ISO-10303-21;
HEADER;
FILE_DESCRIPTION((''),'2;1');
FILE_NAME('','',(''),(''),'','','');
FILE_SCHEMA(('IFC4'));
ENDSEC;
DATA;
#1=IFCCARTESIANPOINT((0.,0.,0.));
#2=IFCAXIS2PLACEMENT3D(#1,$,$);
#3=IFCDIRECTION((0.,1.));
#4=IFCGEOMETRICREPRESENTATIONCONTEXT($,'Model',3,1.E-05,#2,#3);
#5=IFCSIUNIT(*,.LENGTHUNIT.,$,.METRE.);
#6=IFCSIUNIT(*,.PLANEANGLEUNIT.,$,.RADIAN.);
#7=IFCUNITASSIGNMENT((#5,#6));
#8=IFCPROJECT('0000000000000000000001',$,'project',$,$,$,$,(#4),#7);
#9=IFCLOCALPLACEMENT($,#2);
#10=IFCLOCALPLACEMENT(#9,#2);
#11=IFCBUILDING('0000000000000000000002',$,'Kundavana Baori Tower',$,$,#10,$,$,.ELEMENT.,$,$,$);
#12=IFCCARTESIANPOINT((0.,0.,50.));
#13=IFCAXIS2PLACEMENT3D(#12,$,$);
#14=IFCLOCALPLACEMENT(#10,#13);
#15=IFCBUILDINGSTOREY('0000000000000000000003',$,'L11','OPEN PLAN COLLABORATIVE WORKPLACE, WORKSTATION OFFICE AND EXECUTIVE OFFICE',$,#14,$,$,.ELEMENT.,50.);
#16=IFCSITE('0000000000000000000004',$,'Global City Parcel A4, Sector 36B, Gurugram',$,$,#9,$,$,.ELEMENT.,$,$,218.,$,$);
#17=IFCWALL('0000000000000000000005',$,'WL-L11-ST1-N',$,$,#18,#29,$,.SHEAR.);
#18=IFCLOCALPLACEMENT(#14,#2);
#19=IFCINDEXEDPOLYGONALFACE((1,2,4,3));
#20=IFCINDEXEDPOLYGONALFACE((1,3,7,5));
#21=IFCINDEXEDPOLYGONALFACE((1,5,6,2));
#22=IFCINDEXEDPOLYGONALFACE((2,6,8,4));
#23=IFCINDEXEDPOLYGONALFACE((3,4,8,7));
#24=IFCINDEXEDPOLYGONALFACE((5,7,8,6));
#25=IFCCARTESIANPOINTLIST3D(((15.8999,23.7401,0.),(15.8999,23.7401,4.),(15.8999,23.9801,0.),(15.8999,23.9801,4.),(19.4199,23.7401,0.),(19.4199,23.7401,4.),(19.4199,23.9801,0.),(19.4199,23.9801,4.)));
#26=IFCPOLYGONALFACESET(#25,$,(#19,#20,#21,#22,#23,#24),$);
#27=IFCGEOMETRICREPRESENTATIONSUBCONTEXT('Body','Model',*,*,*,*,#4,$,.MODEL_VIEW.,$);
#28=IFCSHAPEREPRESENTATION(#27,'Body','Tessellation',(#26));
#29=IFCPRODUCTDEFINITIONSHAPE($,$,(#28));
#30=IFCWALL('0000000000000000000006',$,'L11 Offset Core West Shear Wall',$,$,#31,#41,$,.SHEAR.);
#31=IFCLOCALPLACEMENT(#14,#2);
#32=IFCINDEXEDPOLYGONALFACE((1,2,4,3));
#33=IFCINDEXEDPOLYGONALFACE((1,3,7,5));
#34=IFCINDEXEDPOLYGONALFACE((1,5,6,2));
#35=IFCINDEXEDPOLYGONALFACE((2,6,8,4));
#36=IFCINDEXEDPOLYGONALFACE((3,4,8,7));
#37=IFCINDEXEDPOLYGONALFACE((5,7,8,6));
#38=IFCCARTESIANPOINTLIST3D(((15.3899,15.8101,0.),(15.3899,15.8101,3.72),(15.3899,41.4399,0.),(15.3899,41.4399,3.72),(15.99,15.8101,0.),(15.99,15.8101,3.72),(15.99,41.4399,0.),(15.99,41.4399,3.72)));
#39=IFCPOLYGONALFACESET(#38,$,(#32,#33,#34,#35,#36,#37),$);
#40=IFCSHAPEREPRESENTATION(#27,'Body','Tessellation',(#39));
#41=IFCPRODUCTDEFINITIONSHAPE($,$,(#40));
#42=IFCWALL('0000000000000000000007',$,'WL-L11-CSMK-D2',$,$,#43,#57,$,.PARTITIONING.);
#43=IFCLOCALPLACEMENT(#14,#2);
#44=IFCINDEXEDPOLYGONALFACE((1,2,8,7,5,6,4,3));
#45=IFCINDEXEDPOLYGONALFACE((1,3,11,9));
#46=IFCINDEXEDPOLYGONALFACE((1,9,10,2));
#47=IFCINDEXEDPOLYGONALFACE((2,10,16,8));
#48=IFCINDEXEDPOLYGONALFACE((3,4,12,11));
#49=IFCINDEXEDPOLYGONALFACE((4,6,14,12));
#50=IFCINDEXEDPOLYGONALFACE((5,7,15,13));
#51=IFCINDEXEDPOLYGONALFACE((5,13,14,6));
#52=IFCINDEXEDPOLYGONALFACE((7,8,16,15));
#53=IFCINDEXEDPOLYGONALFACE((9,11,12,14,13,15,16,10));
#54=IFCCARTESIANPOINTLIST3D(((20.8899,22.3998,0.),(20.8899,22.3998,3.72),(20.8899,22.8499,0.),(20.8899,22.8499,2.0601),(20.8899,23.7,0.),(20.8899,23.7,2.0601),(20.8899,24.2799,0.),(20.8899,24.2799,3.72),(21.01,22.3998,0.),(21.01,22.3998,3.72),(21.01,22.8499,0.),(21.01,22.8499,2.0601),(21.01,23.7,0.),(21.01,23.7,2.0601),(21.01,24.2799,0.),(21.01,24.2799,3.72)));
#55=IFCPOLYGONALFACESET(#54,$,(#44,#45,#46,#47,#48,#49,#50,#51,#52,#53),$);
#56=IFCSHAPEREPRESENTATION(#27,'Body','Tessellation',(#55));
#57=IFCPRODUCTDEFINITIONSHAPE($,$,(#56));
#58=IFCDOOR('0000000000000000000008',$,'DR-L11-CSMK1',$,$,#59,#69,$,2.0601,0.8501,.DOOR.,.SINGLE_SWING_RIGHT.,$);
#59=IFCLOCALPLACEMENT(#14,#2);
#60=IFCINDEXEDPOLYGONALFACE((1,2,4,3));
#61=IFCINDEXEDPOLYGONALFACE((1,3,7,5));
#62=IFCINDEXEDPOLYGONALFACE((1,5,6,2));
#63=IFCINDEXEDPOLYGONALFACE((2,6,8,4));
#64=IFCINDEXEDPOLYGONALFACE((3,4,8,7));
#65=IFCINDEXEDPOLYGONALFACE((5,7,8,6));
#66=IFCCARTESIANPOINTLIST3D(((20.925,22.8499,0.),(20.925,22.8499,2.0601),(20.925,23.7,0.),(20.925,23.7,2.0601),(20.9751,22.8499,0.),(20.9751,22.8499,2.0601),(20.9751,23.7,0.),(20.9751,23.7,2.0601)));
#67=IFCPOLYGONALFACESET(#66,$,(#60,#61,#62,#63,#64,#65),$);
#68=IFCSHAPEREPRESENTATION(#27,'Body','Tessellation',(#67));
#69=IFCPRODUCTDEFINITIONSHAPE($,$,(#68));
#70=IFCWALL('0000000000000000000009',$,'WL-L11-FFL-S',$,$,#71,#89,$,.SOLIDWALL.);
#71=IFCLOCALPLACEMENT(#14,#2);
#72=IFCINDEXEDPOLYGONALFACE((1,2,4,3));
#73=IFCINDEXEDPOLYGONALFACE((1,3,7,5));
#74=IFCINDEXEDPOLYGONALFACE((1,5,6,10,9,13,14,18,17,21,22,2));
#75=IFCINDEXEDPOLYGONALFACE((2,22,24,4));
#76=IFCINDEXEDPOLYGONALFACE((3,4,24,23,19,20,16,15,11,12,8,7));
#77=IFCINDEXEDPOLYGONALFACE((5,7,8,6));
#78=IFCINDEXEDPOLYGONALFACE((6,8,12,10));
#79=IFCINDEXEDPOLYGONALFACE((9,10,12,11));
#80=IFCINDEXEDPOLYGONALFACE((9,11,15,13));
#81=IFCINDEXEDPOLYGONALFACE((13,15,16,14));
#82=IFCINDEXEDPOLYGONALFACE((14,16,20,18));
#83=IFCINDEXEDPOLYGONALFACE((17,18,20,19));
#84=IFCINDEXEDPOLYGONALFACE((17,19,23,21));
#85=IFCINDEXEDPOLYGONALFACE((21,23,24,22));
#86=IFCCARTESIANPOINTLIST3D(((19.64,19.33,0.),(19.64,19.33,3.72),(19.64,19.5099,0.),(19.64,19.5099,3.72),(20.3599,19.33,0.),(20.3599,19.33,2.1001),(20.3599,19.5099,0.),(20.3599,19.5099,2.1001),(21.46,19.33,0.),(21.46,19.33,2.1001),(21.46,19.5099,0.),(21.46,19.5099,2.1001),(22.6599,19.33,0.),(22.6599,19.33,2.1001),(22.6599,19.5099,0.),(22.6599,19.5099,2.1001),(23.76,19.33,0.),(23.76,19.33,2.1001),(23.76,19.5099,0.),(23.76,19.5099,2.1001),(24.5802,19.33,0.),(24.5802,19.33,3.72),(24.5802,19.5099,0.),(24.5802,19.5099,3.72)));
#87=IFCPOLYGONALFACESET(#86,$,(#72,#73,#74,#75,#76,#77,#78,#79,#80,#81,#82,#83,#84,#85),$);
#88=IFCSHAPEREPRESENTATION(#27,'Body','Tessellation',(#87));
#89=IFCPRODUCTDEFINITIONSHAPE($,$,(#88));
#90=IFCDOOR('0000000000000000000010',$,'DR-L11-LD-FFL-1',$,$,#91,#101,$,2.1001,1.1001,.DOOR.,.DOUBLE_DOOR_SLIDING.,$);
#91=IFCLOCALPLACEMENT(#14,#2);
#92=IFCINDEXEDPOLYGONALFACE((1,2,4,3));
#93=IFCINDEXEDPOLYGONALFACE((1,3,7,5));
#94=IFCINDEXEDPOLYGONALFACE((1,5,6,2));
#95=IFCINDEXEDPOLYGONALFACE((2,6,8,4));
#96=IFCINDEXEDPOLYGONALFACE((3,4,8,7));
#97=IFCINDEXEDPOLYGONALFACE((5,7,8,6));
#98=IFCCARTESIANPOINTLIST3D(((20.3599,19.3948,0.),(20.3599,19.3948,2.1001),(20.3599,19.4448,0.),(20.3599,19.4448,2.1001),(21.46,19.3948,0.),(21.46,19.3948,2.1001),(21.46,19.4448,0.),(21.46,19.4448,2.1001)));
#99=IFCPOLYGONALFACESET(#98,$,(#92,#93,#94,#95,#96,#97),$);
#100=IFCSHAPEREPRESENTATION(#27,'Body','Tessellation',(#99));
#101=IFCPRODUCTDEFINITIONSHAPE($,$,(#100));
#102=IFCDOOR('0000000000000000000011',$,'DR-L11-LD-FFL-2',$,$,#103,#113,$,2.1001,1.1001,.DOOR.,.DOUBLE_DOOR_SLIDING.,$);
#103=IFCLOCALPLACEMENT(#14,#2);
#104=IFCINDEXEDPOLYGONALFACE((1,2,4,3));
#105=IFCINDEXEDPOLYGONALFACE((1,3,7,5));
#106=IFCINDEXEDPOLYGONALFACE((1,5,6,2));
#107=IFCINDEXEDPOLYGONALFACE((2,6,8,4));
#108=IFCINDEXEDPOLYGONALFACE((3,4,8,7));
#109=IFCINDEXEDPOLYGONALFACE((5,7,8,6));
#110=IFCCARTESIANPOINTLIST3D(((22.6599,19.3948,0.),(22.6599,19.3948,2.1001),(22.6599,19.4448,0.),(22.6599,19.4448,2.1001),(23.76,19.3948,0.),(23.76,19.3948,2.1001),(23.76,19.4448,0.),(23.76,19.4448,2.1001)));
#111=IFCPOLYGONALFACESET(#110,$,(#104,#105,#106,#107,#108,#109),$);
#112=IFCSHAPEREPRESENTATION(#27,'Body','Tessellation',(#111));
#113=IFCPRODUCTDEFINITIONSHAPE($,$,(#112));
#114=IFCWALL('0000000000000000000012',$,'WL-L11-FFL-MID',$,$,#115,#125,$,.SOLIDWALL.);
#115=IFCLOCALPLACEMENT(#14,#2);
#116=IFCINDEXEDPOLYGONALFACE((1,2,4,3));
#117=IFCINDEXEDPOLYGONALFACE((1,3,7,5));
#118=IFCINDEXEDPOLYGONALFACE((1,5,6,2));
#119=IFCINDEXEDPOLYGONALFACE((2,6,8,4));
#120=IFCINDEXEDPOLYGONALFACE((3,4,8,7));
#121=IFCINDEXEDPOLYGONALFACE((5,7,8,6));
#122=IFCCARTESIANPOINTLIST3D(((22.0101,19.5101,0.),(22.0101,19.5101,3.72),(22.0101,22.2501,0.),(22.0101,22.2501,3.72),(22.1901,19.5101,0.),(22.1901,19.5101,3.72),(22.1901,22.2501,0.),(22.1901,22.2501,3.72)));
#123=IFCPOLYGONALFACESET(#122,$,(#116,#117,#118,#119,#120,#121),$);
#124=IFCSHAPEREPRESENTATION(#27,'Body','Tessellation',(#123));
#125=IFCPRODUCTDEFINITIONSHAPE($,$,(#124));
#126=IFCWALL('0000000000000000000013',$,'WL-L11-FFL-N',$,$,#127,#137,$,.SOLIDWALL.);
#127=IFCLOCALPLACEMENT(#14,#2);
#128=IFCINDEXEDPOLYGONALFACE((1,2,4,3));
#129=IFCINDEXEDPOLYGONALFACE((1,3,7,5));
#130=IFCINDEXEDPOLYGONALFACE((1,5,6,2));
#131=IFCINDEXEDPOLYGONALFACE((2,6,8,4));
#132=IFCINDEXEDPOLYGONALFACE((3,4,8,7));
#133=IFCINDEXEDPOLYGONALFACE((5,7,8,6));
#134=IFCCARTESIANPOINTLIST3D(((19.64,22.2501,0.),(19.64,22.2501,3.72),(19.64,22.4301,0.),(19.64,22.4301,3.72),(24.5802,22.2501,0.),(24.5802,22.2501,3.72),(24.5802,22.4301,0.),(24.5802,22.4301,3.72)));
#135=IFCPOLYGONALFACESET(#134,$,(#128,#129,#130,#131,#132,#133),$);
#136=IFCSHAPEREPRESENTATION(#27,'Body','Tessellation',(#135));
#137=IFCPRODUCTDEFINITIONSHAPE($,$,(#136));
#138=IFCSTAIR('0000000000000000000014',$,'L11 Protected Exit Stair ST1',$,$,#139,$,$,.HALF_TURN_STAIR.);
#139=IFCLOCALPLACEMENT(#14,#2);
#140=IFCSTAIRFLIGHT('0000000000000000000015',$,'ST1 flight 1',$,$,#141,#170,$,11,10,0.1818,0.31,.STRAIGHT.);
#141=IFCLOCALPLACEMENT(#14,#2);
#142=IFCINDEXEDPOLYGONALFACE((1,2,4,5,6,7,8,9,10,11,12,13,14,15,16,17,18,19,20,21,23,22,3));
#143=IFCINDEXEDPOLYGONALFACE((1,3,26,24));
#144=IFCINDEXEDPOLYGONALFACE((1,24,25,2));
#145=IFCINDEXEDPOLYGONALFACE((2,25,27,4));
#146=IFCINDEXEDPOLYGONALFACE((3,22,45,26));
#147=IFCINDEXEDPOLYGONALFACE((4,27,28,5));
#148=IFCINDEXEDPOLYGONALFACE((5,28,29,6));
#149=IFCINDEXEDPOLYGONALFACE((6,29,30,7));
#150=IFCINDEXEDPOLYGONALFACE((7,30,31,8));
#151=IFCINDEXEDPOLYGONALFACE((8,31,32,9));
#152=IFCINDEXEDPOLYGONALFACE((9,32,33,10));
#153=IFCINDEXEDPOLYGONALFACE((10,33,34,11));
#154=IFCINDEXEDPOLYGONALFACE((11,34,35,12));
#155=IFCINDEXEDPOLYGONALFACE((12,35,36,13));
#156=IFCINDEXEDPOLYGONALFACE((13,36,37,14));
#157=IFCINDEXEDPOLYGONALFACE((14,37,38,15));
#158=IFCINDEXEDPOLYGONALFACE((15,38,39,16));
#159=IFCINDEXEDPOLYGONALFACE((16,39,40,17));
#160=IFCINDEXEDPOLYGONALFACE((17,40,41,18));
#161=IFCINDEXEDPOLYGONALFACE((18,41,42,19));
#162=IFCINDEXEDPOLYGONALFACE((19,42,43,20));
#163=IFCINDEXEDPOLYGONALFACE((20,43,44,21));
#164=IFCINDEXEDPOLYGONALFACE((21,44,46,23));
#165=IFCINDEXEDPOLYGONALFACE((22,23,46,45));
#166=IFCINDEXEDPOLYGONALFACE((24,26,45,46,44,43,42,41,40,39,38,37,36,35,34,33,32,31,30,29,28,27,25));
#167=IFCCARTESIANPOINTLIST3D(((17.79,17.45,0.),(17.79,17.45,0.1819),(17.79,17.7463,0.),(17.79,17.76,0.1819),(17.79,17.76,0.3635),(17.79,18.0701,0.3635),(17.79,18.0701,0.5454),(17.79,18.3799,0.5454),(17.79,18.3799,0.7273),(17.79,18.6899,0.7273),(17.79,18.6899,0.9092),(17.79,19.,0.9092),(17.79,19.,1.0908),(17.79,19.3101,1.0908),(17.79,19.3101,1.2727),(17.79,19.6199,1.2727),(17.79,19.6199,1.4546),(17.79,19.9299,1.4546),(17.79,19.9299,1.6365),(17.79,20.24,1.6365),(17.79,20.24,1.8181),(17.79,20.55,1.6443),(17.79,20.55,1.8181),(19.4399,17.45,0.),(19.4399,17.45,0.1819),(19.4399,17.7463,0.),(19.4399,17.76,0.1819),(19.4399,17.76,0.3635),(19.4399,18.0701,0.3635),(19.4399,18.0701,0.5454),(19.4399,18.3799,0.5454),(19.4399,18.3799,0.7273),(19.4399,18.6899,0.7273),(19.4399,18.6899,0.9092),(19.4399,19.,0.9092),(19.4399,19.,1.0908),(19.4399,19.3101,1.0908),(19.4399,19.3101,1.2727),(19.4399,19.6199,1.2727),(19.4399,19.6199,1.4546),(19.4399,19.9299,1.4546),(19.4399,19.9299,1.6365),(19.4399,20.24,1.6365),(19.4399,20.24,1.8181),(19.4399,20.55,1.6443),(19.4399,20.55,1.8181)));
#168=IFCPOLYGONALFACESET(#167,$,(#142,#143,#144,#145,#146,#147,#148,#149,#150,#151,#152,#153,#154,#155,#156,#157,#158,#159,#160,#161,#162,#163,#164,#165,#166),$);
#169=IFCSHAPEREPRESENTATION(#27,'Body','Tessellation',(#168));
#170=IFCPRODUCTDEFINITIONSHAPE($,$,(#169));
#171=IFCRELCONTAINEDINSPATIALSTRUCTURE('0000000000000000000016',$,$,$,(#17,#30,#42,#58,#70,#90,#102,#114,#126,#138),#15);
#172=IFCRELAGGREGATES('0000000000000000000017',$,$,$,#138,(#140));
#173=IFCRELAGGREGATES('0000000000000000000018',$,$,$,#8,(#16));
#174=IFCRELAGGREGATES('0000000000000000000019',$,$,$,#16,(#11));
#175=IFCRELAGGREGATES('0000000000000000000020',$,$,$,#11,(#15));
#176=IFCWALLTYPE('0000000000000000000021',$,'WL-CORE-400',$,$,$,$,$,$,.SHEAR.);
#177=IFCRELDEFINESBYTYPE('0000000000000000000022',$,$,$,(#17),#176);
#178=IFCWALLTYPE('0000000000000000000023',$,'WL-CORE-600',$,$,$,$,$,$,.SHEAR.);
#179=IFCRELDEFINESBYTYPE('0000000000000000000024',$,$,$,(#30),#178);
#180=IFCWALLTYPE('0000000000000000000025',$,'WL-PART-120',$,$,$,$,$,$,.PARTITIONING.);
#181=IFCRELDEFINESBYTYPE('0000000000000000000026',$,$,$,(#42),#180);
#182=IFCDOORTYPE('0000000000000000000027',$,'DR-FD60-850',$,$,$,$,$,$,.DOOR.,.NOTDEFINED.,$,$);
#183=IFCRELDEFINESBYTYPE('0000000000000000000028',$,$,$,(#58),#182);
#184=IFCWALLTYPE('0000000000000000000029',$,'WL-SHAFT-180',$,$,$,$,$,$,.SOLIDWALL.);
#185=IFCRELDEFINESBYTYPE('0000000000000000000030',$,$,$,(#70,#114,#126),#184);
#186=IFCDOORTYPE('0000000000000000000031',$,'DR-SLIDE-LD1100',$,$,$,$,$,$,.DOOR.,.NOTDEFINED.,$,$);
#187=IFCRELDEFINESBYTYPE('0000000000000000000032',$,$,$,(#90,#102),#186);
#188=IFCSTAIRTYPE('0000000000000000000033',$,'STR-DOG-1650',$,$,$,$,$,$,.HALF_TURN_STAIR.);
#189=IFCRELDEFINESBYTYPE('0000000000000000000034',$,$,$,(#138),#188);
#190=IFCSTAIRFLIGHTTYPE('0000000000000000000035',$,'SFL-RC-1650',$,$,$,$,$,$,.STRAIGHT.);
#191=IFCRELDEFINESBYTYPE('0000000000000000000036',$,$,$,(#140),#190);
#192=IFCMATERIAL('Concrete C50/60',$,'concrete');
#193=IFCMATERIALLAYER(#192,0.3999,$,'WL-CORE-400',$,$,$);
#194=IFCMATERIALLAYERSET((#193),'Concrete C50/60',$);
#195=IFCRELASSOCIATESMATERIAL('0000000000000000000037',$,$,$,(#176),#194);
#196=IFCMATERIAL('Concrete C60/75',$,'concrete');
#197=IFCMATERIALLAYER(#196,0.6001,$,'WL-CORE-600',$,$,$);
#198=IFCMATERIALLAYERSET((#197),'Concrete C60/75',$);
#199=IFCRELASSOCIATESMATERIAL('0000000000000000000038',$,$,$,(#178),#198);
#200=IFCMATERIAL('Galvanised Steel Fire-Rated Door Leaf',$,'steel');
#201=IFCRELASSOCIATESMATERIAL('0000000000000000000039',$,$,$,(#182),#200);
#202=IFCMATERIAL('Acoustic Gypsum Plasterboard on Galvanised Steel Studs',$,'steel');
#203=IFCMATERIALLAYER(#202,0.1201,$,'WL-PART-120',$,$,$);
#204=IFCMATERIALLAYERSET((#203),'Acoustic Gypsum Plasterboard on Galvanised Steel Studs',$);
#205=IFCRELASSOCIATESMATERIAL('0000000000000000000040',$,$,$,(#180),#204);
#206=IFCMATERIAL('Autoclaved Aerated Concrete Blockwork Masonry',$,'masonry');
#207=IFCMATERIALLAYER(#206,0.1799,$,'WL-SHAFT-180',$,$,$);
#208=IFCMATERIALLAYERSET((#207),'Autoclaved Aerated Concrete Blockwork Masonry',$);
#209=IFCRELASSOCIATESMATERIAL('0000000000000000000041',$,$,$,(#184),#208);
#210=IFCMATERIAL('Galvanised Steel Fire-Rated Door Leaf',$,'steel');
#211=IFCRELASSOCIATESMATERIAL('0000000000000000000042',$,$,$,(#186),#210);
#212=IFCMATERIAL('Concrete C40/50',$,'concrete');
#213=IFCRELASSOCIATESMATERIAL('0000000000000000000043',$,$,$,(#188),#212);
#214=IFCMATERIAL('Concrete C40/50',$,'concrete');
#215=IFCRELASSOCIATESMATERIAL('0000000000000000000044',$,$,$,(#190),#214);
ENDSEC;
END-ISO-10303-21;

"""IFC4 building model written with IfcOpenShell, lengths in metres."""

from ifc_helpers import new_model, si_unit, direction, frame, frame_2d, origin, place, context, subcontext, project, spatial, polyline, rectangle, outline, extrude, material, layer, layer_set, type_object, element, fill, aggregate, save


model = new_model("IFC4")

# Units and contexts
model_context = context("Model", 3, precision=1e-05, world=origin(), true_north=direction((0.0, 1.0)))
body_context = subcontext(model_context, "Body", "Model", "MODEL_VIEW")
ifc_project = project(units=[si_unit("LENGTHUNIT", "METRE"), si_unit("PLANEANGLEUNIT", "RADIAN")], contexts=[model_context])

# Site, building, storey
site_placement = place(None, origin())
site = spatial("IfcSite", under=ifc_project, at=site_placement, Name="Global City Parcel A4, Sector 36B, Gurugram", CompositionType="ELEMENT", RefElevation=218.0)
building_placement = place(site_placement, origin())
building = spatial("IfcBuilding", under=site, at=building_placement, Name="Kundavana Baori Tower", CompositionType="ELEMENT")
storey_placement = place(building_placement, frame((0.0, 0.0, 50.0)))
storey = spatial("IfcBuildingStorey", under=building, at=storey_placement, Name="L11", Description="OPEN PLAN COLLABORATIVE WORKPLACE, WORKSTATION OFFICE AND EXECUTIVE OFFICE", CompositionType="ELEMENT", Elevation=50.0)

# Walls
ifc_material_1 = material(Name="Concrete C50/60", Category="concrete")
ifc_layer_1 = layer(ifc_material_1, 0.3999, Name="WL-CORE-400")
ifc_layer_set_1 = layer_set([ifc_layer_1], Name="Concrete C50/60")
wall_type_1 = type_object("IfcWallType", Name="WL-CORE-400", PredefinedType="SHEAR", material=ifc_layer_set_1)
wall_1_placement = place(storey_placement, frame((15.8999, 23.8601, 0.0), z_axis=(0.0, 0.0, 1.0), x_axis=(1.0, 0.0, 0.0)))
element("IfcWall", 1, at=wall_1_placement, inside=storey, type_object=wall_type_1, Name="WL-L11-ST1-N", PredefinedType="SHEAR", context=body_context, shape_type="SweptSolid", body=[
    extrude(rectangle(XDim=3.52, YDim=0.24, at=frame_2d((1.76, 0.0))), origin(), (0.0, 0.0, 1.0), 4.0),
])
ifc_material_2 = material(Name="Concrete C60/75", Category="concrete")
ifc_layer_2 = layer(ifc_material_2, 0.6001, Name="WL-CORE-600")
ifc_layer_set_2 = layer_set([ifc_layer_2], Name="Concrete C60/75")
wall_type_2 = type_object("IfcWallType", Name="WL-CORE-600", PredefinedType="SHEAR", material=ifc_layer_set_2)
wall_2_placement = place(storey_placement, frame((15.6899, 15.8101, 0.0), z_axis=(0.0, 0.0, 1.0), x_axis=(0.0, 1.0, 0.0)))
element("IfcWall", 2, at=wall_2_placement, inside=storey, type_object=wall_type_2, Name="L11 Offset Core West Shear Wall", PredefinedType="SHEAR", context=body_context, shape_type="SweptSolid", body=[
    extrude(rectangle(XDim=25.6299, YDim=0.6001, at=frame_2d((12.8149, 0.0))), origin(), (0.0, 0.0, 1.0), 3.72),
])

# Shared definitions
ifc_material_3 = material(Name="Galvanised Steel Fire-Rated Door Leaf", Category="steel")
door_type_1 = type_object("IfcDoorType", Name="DR-FD60-850", OperationType="NOTDEFINED", PredefinedType="DOOR", material=ifc_material_3)

# Wall, opening, door
ifc_material_4 = material(Name="Acoustic Gypsum Plasterboard on Galvanised Steel Studs", Category="steel")
ifc_layer_3 = layer(ifc_material_4, 0.1201, Name="WL-PART-120")
ifc_layer_set_3 = layer_set([ifc_layer_3], Name="Acoustic Gypsum Plasterboard on Galvanised Steel Studs")
wall_type_3 = type_object("IfcWallType", Name="WL-PART-120", PredefinedType="PARTITIONING", material=ifc_layer_set_3)
wall_3_placement = place(storey_placement, frame((20.95, 22.3999, 0.0), z_axis=(0.0, 0.0, 1.0), x_axis=(0.0, 1.0, 0.0)))
wall_3 = element("IfcWall", 3, at=wall_3_placement, inside=storey, type_object=wall_type_3, Name="WL-L11-CSMK-D2", PredefinedType="PARTITIONING", context=body_context, shape_type="SweptSolid", body=[
    extrude(rectangle(XDim=1.8801, YDim=0.1201, at=frame_2d((0.9399, 0.0))), origin(), (0.0, 0.0, 1.0), 3.72),
])
opening_1_placement = place(wall_3_placement, frame((0.45, 0.0, 0.0)))
opening_1 = element("IfcOpeningElement", 4, at=opening_1_placement, cuts=wall_3, PredefinedType="OPENING", context=body_context, shape_type="SweptSolid", body=[
    extrude(rectangle(XDim=0.8501, YDim=2.0601, at=frame_2d((0.425, 1.03))), frame((0.0, 0.0701, 0.0), z_axis=(0.0, -1.0, 0.0), x_axis=(1.0, 0.0, 0.0)), (0.0, 0.0, 1.0), 0.1401),
])
door_1_placement = place(opening_1_placement, origin())
door_1 = element("IfcDoor", 5, at=door_1_placement, inside=storey, type_object=door_type_1, Name="DR-L11-CSMK1", OperationType="SINGLE_SWING_RIGHT", OverallHeight=2.0601, OverallWidth=0.8501, PredefinedType="DOOR", context=body_context, shape_type="SweptSolid", body=[
    extrude(rectangle(XDim=0.8501, YDim=2.0601, at=frame_2d((0.425, 1.03))), frame((0.0, 0.0249, 0.0), z_axis=(0.0, -1.0, 0.0), x_axis=(1.0, 0.0, 0.0)), (0.0, 0.0, 1.0), 0.05),
])
fill(opening_1, door_1)

# Wall, openings, doors
ifc_material_5 = material(Name="Autoclaved Aerated Concrete Blockwork Masonry", Category="masonry")
ifc_layer_4 = layer(ifc_material_5, 0.1799, Name="WL-SHAFT-180")
ifc_layer_set_4 = layer_set([ifc_layer_4], Name="Autoclaved Aerated Concrete Blockwork Masonry")
wall_type_4 = type_object("IfcWallType", Name="WL-SHAFT-180", PredefinedType="SOLIDWALL", material=ifc_layer_set_4)
wall_4_placement = place(storey_placement, frame((19.6399, 19.4199, 0.0), z_axis=(0.0, 0.0, 1.0), x_axis=(1.0, 0.0, 0.0)))
wall_4 = element("IfcWall", 6, at=wall_4_placement, inside=storey, type_object=wall_type_4, Name="WL-L11-FFL-S", PredefinedType="SOLIDWALL", context=body_context, shape_type="SweptSolid", body=[
    extrude(rectangle(XDim=4.9402, YDim=0.1799, at=frame_2d((2.4702, 0.0))), origin(), (0.0, 0.0, 1.0), 3.72),
])
opening_2_placement = place(wall_4_placement, frame((0.72, 0.0, 0.0)))
opening_2 = element("IfcOpeningElement", 7, at=opening_2_placement, cuts=wall_4, PredefinedType="OPENING", context=body_context, shape_type="SweptSolid", body=[
    extrude(rectangle(XDim=1.1001, YDim=2.1001, at=frame_2d((0.55, 1.05))), frame((0.0, 0.1001, 0.0), z_axis=(0.0, -1.0, 0.0), x_axis=(1.0, 0.0, 0.0)), (0.0, 0.0, 1.0), 0.2),
])
opening_3_placement = place(wall_4_placement, frame((3.02, 0.0, 0.0)))
opening_3 = element("IfcOpeningElement", 8, at=opening_3_placement, cuts=wall_4, PredefinedType="OPENING", context=body_context, shape_type="SweptSolid", body=[
    extrude(rectangle(XDim=1.1001, YDim=2.1001, at=frame_2d((0.55, 1.05))), frame((0.0, 0.1001, 0.0), z_axis=(0.0, -1.0, 0.0), x_axis=(1.0, 0.0, 0.0)), (0.0, 0.0, 1.0), 0.2),
])
ifc_material_6 = material(Name="Galvanised Steel Fire-Rated Door Leaf", Category="steel")
door_type_2 = type_object("IfcDoorType", Name="DR-SLIDE-LD1100", OperationType="NOTDEFINED", PredefinedType="DOOR", material=ifc_material_6)
door_2_placement = place(opening_2_placement, origin())
door_2 = element("IfcDoor", 9, at=door_2_placement, inside=storey, type_object=door_type_2, Name="DR-L11-LD-FFL-1", OperationType="DOUBLE_DOOR_SLIDING", OverallHeight=2.1001, OverallWidth=1.1001, PredefinedType="DOOR", context=body_context, shape_type="SweptSolid", body=[
    extrude(rectangle(XDim=1.1001, YDim=2.1001, at=frame_2d((0.55, 1.05))), frame((0.0, 0.0249, 0.0), z_axis=(0.0, -1.0, 0.0), x_axis=(1.0, 0.0, 0.0)), (0.0, 0.0, 1.0), 0.05),
])
fill(opening_2, door_2)
door_3_placement = place(opening_3_placement, origin())
door_3 = element("IfcDoor", 10, at=door_3_placement, inside=storey, type_object=door_type_2, Name="DR-L11-LD-FFL-2", OperationType="DOUBLE_DOOR_SLIDING", OverallHeight=2.1001, OverallWidth=1.1001, PredefinedType="DOOR", context=body_context, shape_type="SweptSolid", body=[
    extrude(rectangle(XDim=1.1001, YDim=2.1001, at=frame_2d((0.55, 1.05))), frame((0.0, 0.0249, 0.0), z_axis=(0.0, -1.0, 0.0), x_axis=(1.0, 0.0, 0.0)), (0.0, 0.0, 1.0), 0.05),
])
fill(opening_3, door_3)

# Walls
wall_5_placement = place(storey_placement, frame((22.1001, 19.51, 0.0), z_axis=(0.0, 0.0, 1.0), x_axis=(0.0, 1.0, 0.0)))
element("IfcWall", 11, at=wall_5_placement, inside=storey, type_object=wall_type_4, Name="WL-L11-FFL-MID", PredefinedType="SOLIDWALL", context=body_context, shape_type="SweptSolid", body=[
    extrude(rectangle(XDim=2.74, YDim=0.1799, at=frame_2d((1.3701, 0.0))), origin(), (0.0, 0.0, 1.0), 3.72),
])
wall_6_placement = place(storey_placement, frame((19.6399, 22.3401, 0.0), z_axis=(0.0, 0.0, 1.0), x_axis=(1.0, 0.0, 0.0)))
element("IfcWall", 12, at=wall_6_placement, inside=storey, type_object=wall_type_4, Name="WL-L11-FFL-N", PredefinedType="SOLIDWALL", context=body_context, shape_type="SweptSolid", body=[
    extrude(rectangle(XDim=4.9402, YDim=0.1799, at=frame_2d((2.4702, 0.0))), origin(), (0.0, 0.0, 1.0), 3.72),
])

# Stair, stair flight
ifc_material_7 = material(Name="Concrete C40/50", Category="concrete")
stair_type = type_object("IfcStairType", Name="STR-DOG-1650", PredefinedType="HALF_TURN_STAIR", material=ifc_material_7)
stair_placement = place(storey_placement, origin())
stair = element("IfcStair", 13, at=stair_placement, inside=storey, type_object=stair_type, Name="L11 Protected Exit Stair ST1", PredefinedType="HALF_TURN_STAIR")
ifc_material_8 = material(Name="Concrete C40/50", Category="concrete")
stair_flight_type = type_object("IfcStairFlightType", Name="SFL-RC-1650", PredefinedType="STRAIGHT", material=ifc_material_8)
stair_flight_1_placement = place(storey_placement, frame((18.615, 17.45, 0.0), z_axis=(0.0, 0.0, 1.0), x_axis=(0.0, 1.0, 0.0)))
stair_flight_1 = element("IfcStairFlight", 14, at=stair_flight_1_placement, type_object=stair_flight_type, Name="ST1 flight 1", NumberOfRisers=11, NumberOfTreads=10, PredefinedType="STRAIGHT", RiserHeight=0.1818, TreadLength=0.31, context=body_context, shape_type="SweptSolid", body=[
    extrude(outline(polyline([(0.0, 0.0), (0.0, 0.1819), (0.3101, 0.1819), (0.3101, 0.3635), (0.6201, 0.3635), (0.6201, 0.5454), (0.9299, 0.5454), (0.9299, 0.7273), (1.24, 0.7273), (1.24, 0.9092), (1.55, 0.9092), (1.55, 1.0908), (1.8601, 1.0908), (1.8601, 1.2727), (2.1699, 1.2727), (2.1699, 1.4546), (2.48, 1.4546), (2.48, 1.6365), (2.79, 1.6365), (2.79, 1.8181), (3.1001, 1.8181), (3.1001, 2.0), (3.1001, 1.6443), (0.2964, 0.0), (0.0, 0.0)])), frame((0.0, 0.825, 0.0), z_axis=(0.0, -1.0, 0.0), x_axis=(1.0, 0.0, 0.0)), (0.0, 0.0, 1.0), 1.6499),
])
aggregate(stair, [stair_flight_1])

save(model, "model.ifc")
